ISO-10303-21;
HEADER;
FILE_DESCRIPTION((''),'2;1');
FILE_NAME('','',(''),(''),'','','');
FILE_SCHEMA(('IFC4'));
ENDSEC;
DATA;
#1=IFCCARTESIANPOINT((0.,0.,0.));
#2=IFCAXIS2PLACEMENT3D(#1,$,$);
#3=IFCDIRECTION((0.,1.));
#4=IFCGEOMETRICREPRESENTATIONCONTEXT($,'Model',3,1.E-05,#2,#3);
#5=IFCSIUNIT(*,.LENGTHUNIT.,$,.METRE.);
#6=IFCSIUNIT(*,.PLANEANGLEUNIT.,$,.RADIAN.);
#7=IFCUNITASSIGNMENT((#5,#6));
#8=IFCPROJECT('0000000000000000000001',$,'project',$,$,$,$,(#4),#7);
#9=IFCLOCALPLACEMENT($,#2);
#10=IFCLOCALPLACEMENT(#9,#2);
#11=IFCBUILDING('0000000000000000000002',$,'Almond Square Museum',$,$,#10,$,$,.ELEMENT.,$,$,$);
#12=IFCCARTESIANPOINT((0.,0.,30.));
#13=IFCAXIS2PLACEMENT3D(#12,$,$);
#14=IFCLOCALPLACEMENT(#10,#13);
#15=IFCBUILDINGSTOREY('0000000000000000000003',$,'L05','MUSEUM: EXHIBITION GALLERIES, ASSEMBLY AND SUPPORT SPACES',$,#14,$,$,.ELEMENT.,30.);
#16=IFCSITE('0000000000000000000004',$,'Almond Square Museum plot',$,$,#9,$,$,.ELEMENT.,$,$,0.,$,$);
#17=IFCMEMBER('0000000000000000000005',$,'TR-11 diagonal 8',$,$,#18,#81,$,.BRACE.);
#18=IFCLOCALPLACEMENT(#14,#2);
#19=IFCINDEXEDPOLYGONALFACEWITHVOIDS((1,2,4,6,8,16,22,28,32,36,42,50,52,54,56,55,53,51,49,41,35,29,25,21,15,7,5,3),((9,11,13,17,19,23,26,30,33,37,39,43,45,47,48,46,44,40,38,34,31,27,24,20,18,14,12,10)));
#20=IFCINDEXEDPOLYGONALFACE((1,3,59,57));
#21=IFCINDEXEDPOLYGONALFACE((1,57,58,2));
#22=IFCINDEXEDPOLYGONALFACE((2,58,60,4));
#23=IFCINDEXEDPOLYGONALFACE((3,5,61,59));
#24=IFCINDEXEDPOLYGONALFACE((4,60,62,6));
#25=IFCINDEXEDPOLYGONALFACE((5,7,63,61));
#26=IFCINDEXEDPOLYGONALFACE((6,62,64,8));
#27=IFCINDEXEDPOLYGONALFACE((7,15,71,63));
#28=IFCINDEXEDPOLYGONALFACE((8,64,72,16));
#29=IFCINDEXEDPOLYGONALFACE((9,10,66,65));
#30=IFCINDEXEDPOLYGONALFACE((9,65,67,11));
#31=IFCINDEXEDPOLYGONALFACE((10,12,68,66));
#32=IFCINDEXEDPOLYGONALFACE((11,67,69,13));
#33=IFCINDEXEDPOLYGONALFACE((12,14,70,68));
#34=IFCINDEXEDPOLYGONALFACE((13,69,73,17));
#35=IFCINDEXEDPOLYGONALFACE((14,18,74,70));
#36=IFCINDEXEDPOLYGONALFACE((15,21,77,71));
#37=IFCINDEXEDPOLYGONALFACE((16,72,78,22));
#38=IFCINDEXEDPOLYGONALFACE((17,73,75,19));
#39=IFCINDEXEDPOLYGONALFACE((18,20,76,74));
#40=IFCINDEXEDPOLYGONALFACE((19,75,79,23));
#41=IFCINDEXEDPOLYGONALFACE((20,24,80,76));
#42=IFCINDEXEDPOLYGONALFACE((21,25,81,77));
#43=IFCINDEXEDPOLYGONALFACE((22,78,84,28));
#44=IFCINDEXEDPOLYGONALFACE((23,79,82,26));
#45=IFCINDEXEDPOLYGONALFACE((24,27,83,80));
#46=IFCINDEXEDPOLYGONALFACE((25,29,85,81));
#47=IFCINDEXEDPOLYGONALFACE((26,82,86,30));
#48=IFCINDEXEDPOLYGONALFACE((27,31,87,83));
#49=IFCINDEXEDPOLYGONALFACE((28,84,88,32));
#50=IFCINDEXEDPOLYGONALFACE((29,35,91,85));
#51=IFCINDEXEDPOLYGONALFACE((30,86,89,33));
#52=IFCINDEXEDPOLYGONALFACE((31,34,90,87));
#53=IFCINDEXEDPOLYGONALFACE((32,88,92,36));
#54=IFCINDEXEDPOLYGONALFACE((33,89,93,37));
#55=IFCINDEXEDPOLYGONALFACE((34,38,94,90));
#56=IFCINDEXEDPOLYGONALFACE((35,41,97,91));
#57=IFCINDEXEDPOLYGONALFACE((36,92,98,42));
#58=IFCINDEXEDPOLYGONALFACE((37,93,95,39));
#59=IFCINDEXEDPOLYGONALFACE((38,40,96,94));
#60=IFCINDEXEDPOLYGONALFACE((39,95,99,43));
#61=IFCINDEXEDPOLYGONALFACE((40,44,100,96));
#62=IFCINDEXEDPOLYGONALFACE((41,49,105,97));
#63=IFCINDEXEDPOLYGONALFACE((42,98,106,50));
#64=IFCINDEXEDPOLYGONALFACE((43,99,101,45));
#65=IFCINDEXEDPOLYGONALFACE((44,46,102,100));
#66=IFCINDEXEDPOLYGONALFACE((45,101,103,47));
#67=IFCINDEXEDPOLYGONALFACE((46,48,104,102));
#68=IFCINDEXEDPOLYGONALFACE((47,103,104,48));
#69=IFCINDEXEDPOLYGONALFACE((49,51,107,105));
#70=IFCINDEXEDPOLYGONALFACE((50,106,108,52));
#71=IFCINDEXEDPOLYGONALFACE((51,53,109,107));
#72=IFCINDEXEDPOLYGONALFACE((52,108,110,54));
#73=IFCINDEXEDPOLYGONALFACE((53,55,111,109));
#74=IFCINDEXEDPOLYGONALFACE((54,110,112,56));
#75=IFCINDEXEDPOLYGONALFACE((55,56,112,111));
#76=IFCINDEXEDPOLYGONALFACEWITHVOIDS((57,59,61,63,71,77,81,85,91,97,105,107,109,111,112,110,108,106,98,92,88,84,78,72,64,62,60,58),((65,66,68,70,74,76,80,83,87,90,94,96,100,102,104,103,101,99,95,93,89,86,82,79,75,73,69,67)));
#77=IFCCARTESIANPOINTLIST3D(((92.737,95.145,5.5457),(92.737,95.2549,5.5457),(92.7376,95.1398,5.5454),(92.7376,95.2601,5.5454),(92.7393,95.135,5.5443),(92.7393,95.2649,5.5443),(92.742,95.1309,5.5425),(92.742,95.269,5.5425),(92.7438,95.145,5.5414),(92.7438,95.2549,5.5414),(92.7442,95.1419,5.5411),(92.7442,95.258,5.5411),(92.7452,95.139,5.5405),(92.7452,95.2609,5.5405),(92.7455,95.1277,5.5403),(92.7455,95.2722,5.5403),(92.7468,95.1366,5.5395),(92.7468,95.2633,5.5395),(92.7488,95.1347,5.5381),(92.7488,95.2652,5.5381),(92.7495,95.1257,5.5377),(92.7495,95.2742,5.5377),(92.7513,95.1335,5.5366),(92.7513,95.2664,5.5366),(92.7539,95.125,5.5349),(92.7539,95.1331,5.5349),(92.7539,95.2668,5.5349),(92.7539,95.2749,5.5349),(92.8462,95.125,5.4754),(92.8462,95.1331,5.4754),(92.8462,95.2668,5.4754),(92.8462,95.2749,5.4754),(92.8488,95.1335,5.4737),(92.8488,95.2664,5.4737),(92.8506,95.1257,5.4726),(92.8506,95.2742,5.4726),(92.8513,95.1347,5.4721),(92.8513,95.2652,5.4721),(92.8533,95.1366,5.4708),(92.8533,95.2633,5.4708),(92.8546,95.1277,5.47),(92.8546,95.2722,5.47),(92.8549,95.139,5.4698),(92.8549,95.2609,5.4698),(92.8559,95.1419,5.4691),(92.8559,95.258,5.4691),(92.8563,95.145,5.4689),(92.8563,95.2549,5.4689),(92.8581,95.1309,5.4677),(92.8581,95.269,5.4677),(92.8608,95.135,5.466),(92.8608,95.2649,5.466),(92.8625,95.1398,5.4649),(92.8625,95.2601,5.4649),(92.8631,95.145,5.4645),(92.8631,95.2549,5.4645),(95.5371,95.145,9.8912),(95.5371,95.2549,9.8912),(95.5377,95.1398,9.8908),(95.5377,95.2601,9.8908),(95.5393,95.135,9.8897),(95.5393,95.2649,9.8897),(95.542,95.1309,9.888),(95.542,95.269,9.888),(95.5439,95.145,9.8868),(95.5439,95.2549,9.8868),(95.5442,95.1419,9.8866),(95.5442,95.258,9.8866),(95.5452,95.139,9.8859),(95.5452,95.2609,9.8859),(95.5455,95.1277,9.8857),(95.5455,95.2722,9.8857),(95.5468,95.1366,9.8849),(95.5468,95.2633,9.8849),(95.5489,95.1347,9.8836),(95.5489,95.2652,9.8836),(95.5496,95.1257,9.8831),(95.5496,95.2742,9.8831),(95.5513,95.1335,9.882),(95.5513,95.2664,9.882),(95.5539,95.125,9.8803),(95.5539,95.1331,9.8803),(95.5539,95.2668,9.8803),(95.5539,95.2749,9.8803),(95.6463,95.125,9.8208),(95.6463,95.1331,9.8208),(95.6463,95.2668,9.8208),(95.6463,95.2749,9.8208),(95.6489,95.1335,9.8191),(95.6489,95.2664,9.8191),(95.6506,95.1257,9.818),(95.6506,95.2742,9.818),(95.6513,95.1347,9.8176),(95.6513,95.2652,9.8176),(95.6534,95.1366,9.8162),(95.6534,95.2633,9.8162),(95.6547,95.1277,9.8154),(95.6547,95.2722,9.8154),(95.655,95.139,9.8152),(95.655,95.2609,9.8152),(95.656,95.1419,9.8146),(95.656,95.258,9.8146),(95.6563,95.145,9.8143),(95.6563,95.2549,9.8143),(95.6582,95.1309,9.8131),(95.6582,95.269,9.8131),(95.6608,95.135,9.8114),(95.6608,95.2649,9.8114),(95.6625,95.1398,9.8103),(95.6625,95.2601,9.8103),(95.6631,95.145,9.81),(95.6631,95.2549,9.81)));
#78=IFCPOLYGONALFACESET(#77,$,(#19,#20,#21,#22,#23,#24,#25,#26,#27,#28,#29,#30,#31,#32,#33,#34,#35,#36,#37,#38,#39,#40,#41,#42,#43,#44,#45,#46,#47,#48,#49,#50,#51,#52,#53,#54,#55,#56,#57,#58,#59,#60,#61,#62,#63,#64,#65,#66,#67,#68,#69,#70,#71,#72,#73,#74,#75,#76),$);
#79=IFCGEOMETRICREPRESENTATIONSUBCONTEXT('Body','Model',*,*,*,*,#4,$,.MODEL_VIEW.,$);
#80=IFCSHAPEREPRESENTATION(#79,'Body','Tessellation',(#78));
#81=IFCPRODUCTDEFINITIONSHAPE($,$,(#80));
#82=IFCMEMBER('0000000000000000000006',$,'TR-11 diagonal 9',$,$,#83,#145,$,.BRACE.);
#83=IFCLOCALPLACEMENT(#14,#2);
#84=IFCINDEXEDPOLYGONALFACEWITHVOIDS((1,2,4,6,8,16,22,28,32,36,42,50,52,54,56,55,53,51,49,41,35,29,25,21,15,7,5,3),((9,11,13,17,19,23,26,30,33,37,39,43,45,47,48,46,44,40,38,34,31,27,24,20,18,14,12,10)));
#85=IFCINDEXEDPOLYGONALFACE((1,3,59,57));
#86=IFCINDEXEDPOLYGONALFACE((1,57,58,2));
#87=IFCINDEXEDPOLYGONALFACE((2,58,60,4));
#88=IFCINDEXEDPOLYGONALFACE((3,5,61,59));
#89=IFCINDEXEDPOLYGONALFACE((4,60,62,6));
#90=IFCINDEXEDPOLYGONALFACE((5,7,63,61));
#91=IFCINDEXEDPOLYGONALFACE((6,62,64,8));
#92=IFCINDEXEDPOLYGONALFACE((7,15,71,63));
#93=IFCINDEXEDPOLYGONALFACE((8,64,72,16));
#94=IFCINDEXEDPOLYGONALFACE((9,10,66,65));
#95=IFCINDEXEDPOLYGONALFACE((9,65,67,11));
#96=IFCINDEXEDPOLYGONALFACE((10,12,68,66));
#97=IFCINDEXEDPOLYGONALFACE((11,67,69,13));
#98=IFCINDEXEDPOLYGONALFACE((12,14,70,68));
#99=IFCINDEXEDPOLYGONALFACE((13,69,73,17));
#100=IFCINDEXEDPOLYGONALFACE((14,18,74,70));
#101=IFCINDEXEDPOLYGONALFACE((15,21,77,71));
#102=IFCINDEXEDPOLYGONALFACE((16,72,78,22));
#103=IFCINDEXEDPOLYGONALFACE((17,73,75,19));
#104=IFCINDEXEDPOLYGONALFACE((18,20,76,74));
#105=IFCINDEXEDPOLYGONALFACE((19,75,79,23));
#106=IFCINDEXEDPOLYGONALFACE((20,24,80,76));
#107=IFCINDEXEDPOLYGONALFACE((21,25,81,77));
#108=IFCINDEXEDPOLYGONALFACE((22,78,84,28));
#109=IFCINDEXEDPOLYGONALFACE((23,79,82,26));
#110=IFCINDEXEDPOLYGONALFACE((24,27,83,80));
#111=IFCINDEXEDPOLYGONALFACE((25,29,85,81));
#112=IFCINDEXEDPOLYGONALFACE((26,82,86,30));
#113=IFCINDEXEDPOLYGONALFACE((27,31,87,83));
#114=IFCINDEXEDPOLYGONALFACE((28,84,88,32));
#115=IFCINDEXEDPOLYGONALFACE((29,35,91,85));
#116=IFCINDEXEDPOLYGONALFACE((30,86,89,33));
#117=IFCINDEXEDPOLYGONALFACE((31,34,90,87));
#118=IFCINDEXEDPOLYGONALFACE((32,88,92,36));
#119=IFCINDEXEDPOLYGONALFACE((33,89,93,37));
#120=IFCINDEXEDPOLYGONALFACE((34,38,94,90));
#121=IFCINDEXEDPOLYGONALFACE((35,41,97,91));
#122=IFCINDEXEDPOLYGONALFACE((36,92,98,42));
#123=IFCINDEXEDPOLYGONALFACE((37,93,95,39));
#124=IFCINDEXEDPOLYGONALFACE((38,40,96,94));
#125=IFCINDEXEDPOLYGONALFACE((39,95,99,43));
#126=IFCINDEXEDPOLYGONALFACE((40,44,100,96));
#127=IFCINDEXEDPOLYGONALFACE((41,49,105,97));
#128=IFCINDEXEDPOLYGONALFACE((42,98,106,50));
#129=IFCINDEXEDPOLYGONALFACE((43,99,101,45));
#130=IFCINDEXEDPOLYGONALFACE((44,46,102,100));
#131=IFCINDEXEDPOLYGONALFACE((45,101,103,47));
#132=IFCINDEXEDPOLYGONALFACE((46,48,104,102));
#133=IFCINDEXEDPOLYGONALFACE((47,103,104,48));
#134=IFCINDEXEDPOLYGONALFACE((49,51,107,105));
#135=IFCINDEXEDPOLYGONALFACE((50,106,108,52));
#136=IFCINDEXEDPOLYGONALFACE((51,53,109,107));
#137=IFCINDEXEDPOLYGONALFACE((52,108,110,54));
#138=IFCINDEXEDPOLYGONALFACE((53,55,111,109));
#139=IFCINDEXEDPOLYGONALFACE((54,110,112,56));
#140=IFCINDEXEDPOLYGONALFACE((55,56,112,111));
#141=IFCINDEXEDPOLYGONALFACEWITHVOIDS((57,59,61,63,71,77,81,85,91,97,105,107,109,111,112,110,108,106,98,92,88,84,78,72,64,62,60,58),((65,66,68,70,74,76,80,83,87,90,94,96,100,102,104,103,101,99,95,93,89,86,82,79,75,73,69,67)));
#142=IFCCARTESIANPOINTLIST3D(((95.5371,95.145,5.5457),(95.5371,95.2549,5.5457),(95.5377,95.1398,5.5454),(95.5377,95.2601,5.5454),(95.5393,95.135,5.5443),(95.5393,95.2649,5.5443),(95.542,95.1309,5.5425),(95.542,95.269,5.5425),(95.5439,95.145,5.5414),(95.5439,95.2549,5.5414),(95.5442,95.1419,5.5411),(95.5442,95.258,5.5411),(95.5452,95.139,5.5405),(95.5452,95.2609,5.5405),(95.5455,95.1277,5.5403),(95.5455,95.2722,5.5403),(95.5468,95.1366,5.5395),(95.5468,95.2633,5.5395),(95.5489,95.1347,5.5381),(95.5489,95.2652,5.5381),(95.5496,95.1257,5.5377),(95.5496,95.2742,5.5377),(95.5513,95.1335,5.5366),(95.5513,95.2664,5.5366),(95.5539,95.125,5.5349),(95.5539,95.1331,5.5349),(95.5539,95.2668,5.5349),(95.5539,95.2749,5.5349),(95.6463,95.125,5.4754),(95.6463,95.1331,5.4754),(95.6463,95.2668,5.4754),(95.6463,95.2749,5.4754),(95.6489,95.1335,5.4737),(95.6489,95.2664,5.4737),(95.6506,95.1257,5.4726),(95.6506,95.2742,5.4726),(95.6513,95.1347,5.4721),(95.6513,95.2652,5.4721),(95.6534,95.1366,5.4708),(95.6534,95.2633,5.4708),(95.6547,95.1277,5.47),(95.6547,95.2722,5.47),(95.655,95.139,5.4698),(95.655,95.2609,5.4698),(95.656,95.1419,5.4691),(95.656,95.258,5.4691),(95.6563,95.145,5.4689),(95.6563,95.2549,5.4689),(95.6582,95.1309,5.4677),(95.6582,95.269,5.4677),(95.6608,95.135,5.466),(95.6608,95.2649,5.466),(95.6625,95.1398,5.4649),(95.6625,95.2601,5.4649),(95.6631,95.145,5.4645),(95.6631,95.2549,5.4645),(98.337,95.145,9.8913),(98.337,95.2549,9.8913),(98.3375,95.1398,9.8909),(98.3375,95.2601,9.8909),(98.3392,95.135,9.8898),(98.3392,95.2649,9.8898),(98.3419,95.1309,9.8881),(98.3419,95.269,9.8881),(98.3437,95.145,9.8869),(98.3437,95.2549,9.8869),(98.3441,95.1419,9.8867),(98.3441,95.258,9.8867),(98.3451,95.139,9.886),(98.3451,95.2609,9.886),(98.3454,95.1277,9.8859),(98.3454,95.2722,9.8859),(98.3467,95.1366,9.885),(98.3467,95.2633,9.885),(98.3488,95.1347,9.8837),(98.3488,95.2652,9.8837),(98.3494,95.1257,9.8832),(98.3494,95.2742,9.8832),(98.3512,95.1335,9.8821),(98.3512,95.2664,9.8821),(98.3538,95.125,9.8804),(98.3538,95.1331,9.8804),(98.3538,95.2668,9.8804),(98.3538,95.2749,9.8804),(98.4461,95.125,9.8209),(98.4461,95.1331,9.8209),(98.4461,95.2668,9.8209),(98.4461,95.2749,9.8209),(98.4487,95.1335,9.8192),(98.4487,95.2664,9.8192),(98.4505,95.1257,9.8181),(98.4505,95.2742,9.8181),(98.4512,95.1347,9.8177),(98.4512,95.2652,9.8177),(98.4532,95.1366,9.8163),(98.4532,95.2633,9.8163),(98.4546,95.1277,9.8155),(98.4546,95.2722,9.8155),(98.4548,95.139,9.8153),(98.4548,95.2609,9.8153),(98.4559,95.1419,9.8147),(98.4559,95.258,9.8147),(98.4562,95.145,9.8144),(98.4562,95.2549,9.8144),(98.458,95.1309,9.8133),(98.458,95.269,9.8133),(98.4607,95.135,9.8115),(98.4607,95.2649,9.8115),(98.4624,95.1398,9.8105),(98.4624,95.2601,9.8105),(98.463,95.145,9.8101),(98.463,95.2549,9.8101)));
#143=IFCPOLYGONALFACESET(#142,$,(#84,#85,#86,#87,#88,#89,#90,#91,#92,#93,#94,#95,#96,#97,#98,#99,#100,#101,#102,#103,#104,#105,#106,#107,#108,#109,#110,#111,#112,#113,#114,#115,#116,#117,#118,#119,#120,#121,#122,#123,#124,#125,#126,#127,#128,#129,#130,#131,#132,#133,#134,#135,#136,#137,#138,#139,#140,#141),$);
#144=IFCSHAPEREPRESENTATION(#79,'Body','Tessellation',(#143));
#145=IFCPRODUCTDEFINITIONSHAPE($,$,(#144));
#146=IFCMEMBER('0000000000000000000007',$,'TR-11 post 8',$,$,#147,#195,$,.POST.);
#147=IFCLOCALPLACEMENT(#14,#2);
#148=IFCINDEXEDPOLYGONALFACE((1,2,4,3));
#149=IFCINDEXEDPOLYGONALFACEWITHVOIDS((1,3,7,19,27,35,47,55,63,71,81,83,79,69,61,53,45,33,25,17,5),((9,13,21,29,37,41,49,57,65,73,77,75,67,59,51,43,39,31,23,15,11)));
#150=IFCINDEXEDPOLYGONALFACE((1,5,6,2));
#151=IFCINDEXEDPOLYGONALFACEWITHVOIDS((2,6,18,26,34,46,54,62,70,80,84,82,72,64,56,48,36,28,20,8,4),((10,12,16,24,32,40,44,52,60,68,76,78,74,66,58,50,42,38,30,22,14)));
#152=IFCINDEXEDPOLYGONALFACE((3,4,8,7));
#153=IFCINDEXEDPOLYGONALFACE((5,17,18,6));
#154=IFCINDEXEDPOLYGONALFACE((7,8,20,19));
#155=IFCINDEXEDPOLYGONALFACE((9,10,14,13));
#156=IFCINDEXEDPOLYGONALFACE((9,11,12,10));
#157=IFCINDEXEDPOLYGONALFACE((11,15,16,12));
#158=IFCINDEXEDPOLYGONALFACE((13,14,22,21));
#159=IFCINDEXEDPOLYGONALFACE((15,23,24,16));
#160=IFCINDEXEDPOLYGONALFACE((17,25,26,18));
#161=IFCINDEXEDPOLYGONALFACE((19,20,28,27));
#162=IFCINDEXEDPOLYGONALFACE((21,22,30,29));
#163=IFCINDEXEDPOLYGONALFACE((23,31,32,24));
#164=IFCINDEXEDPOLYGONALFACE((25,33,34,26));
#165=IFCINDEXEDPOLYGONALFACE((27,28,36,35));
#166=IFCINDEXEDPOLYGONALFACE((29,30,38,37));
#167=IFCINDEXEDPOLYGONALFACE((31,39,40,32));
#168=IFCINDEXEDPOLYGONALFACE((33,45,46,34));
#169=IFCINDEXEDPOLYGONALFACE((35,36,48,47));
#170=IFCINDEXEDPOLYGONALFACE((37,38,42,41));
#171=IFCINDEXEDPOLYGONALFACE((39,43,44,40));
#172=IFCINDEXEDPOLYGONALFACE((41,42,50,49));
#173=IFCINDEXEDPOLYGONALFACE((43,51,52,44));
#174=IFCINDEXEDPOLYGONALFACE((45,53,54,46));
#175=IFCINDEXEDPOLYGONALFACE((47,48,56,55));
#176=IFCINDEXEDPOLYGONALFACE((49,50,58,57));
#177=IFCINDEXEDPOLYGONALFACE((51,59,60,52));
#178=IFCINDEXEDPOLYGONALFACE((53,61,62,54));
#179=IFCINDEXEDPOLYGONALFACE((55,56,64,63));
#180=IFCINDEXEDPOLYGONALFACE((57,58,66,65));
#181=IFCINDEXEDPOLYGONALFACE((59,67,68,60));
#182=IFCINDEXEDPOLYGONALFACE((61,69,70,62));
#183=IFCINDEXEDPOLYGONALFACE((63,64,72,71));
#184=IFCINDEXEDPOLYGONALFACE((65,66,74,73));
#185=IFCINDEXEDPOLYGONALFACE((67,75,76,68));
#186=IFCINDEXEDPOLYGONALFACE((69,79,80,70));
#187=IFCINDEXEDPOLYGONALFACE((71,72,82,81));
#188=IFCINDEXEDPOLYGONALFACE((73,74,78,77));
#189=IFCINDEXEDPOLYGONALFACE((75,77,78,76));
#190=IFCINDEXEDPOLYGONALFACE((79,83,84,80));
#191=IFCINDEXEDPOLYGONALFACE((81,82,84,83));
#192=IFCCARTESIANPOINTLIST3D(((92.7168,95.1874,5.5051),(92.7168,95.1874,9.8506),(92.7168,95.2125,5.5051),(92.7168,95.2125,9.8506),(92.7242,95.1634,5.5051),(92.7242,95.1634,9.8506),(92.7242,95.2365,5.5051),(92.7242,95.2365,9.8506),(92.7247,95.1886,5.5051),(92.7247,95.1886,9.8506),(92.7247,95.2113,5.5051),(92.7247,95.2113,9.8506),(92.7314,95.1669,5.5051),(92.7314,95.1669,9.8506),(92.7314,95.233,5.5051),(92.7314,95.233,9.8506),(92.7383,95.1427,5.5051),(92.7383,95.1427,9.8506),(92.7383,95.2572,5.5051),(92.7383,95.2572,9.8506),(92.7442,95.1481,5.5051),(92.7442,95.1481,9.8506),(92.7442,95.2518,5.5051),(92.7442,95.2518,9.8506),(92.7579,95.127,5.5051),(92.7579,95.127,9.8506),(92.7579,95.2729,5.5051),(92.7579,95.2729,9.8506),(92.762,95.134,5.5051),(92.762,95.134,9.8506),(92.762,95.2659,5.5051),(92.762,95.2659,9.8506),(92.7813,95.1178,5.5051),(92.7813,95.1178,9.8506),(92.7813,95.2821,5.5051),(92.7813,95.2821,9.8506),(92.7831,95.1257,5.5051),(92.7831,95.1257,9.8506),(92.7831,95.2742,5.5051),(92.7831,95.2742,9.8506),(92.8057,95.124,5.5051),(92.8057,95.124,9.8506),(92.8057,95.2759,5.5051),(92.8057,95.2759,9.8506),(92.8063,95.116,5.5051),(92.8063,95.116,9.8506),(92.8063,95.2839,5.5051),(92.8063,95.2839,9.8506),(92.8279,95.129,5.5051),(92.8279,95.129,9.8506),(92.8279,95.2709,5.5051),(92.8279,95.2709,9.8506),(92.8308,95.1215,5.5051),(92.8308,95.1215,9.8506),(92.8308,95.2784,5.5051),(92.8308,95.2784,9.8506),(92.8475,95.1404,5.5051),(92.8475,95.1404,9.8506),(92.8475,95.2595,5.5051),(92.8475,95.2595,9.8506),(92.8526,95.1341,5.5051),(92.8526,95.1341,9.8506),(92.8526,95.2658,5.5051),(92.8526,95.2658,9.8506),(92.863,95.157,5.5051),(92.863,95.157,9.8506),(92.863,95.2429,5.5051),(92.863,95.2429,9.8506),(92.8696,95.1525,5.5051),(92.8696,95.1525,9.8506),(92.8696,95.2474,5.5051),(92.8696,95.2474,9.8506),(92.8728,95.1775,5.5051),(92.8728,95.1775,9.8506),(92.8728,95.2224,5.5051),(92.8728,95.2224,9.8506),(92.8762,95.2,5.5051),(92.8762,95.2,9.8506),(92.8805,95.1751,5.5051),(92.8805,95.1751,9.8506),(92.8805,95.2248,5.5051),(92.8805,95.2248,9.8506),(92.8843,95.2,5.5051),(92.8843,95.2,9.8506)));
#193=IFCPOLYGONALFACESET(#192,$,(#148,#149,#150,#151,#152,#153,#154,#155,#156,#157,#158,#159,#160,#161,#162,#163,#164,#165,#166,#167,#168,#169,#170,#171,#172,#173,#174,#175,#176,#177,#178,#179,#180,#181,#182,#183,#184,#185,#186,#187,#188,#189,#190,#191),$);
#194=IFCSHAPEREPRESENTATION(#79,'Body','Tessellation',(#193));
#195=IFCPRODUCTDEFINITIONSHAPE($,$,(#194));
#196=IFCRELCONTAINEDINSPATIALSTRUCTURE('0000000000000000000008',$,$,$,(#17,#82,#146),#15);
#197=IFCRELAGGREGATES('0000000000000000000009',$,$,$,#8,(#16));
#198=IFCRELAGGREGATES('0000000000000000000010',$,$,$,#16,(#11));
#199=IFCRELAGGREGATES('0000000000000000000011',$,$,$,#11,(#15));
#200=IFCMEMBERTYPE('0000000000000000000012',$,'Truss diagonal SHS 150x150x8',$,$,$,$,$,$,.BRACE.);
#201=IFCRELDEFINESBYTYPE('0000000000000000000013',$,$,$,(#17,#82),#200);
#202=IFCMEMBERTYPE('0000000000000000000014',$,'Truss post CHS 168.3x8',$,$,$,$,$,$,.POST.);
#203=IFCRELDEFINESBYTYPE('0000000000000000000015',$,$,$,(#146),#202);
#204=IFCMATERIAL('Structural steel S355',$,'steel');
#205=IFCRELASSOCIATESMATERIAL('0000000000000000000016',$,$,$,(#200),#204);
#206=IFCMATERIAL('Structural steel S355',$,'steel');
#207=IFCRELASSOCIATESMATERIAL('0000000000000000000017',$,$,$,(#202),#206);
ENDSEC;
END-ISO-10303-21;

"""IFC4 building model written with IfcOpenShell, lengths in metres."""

from ifc_helpers import new_model, si_unit, direction, frame, origin, origin_2d, place, context, subcontext, project, spatial, hollow_rectangle, hollow_circle, extrude, material, material_profile, profile_set, type_object, element, save


model = new_model("IFC4")

# Units and contexts
model_context = context("Model", 3, precision=1e-05, world=origin(), true_north=direction((0.0, 1.0)))
body_context = subcontext(model_context, "Body", "Model", "MODEL_VIEW")
ifc_project = project(units=[si_unit("LENGTHUNIT", "METRE"), si_unit("PLANEANGLEUNIT", "RADIAN")], contexts=[model_context])

# Site, building, storey
site_placement = place(None, origin())
site = spatial("IfcSite", under=ifc_project, at=site_placement, Name="Almond Square Museum plot", CompositionType="ELEMENT", RefElevation=0.0)
building_placement = place(site_placement, origin())
building = spatial("IfcBuilding", under=site, at=building_placement, Name="Almond Square Museum", CompositionType="ELEMENT")
storey_placement = place(building_placement, frame((0.0, 0.0, 30.0)))
storey = spatial("IfcBuildingStorey", under=building, at=storey_placement, Name="L05", Description="MUSEUM: EXHIBITION GALLERIES, ASSEMBLY AND SUPPORT SPACES", CompositionType="ELEMENT", Elevation=30.0)

# Members
ifc_material_1 = material(Name="Structural steel S355", Category="steel")
ifc_material_profile_1 = material_profile(ifc_material_1, hollow_rectangle(XDim=0.1499, YDim=0.1499, WallThickness=0.0081, InnerFilletRadius=0.012, OuterFilletRadius=0.02, at=origin_2d()))
ifc_profile_set_1 = profile_set([ifc_material_profile_1], Name="Structural steel S355")
member_type_1 = type_object("IfcMemberType", Name="Truss diagonal SHS 150x150x8", PredefinedType="BRACE", material=ifc_profile_set_1)
for number, where, z_axis, x_axis, name in (
    (1, (92.8, 95.2, 5.5051), (0.541652, 0.0, 0.840603), (0.0, 1.0, 0.0), "TR-11 diagonal 8"),
    (2, (95.6001, 95.2, 5.5051), (0.541619, 0.0, 0.840624), (0.0, 1.0, 0.0), "TR-11 diagonal 9"),
):
    element("IfcMember", number, at=place(storey_placement, frame(where, z_axis=z_axis, x_axis=x_axis)), inside=storey, type_object=member_type_1, Name=name, PredefinedType="BRACE", context=body_context, shape_type="SweptSolid", body=[
        extrude(hollow_rectangle(XDim=0.1499, YDim=0.1499, WallThickness=0.0081, InnerFilletRadius=0.012, OuterFilletRadius=0.02, at=origin_2d()), origin(), (0.0, 0.0, 1.0), 5.1694),
    ])
ifc_material_2 = material(Name="Structural steel S355", Category="steel")
ifc_material_profile_2 = material_profile(ifc_material_2, hollow_circle(Radius=0.0842, WallThickness=0.0081, at=origin_2d()))
ifc_profile_set_2 = profile_set([ifc_material_profile_2], Name="Structural steel S355")
member_type_2 = type_object("IfcMemberType", Name="Truss post CHS 168.3x8", PredefinedType="POST", material=ifc_profile_set_2)
for number, where, z_axis, x_axis, name in (
    (3, (92.8, 95.2, 5.5051), (0.0, 0.0, 1.0), (1.0, 0.0, 0.0), "TR-11 post 8"),
):
    element("IfcMember", number, at=place(storey_placement, frame(where, z_axis=z_axis, x_axis=x_axis)), inside=storey, type_object=member_type_2, Name=name, PredefinedType="POST", context=body_context, shape_type="SweptSolid", body=[
        extrude(hollow_circle(Radius=0.0842, WallThickness=0.0081, at=origin_2d()), origin(), (0.0, 0.0, 1.0), 4.3455),
    ])

save(model, "model.ifc")
